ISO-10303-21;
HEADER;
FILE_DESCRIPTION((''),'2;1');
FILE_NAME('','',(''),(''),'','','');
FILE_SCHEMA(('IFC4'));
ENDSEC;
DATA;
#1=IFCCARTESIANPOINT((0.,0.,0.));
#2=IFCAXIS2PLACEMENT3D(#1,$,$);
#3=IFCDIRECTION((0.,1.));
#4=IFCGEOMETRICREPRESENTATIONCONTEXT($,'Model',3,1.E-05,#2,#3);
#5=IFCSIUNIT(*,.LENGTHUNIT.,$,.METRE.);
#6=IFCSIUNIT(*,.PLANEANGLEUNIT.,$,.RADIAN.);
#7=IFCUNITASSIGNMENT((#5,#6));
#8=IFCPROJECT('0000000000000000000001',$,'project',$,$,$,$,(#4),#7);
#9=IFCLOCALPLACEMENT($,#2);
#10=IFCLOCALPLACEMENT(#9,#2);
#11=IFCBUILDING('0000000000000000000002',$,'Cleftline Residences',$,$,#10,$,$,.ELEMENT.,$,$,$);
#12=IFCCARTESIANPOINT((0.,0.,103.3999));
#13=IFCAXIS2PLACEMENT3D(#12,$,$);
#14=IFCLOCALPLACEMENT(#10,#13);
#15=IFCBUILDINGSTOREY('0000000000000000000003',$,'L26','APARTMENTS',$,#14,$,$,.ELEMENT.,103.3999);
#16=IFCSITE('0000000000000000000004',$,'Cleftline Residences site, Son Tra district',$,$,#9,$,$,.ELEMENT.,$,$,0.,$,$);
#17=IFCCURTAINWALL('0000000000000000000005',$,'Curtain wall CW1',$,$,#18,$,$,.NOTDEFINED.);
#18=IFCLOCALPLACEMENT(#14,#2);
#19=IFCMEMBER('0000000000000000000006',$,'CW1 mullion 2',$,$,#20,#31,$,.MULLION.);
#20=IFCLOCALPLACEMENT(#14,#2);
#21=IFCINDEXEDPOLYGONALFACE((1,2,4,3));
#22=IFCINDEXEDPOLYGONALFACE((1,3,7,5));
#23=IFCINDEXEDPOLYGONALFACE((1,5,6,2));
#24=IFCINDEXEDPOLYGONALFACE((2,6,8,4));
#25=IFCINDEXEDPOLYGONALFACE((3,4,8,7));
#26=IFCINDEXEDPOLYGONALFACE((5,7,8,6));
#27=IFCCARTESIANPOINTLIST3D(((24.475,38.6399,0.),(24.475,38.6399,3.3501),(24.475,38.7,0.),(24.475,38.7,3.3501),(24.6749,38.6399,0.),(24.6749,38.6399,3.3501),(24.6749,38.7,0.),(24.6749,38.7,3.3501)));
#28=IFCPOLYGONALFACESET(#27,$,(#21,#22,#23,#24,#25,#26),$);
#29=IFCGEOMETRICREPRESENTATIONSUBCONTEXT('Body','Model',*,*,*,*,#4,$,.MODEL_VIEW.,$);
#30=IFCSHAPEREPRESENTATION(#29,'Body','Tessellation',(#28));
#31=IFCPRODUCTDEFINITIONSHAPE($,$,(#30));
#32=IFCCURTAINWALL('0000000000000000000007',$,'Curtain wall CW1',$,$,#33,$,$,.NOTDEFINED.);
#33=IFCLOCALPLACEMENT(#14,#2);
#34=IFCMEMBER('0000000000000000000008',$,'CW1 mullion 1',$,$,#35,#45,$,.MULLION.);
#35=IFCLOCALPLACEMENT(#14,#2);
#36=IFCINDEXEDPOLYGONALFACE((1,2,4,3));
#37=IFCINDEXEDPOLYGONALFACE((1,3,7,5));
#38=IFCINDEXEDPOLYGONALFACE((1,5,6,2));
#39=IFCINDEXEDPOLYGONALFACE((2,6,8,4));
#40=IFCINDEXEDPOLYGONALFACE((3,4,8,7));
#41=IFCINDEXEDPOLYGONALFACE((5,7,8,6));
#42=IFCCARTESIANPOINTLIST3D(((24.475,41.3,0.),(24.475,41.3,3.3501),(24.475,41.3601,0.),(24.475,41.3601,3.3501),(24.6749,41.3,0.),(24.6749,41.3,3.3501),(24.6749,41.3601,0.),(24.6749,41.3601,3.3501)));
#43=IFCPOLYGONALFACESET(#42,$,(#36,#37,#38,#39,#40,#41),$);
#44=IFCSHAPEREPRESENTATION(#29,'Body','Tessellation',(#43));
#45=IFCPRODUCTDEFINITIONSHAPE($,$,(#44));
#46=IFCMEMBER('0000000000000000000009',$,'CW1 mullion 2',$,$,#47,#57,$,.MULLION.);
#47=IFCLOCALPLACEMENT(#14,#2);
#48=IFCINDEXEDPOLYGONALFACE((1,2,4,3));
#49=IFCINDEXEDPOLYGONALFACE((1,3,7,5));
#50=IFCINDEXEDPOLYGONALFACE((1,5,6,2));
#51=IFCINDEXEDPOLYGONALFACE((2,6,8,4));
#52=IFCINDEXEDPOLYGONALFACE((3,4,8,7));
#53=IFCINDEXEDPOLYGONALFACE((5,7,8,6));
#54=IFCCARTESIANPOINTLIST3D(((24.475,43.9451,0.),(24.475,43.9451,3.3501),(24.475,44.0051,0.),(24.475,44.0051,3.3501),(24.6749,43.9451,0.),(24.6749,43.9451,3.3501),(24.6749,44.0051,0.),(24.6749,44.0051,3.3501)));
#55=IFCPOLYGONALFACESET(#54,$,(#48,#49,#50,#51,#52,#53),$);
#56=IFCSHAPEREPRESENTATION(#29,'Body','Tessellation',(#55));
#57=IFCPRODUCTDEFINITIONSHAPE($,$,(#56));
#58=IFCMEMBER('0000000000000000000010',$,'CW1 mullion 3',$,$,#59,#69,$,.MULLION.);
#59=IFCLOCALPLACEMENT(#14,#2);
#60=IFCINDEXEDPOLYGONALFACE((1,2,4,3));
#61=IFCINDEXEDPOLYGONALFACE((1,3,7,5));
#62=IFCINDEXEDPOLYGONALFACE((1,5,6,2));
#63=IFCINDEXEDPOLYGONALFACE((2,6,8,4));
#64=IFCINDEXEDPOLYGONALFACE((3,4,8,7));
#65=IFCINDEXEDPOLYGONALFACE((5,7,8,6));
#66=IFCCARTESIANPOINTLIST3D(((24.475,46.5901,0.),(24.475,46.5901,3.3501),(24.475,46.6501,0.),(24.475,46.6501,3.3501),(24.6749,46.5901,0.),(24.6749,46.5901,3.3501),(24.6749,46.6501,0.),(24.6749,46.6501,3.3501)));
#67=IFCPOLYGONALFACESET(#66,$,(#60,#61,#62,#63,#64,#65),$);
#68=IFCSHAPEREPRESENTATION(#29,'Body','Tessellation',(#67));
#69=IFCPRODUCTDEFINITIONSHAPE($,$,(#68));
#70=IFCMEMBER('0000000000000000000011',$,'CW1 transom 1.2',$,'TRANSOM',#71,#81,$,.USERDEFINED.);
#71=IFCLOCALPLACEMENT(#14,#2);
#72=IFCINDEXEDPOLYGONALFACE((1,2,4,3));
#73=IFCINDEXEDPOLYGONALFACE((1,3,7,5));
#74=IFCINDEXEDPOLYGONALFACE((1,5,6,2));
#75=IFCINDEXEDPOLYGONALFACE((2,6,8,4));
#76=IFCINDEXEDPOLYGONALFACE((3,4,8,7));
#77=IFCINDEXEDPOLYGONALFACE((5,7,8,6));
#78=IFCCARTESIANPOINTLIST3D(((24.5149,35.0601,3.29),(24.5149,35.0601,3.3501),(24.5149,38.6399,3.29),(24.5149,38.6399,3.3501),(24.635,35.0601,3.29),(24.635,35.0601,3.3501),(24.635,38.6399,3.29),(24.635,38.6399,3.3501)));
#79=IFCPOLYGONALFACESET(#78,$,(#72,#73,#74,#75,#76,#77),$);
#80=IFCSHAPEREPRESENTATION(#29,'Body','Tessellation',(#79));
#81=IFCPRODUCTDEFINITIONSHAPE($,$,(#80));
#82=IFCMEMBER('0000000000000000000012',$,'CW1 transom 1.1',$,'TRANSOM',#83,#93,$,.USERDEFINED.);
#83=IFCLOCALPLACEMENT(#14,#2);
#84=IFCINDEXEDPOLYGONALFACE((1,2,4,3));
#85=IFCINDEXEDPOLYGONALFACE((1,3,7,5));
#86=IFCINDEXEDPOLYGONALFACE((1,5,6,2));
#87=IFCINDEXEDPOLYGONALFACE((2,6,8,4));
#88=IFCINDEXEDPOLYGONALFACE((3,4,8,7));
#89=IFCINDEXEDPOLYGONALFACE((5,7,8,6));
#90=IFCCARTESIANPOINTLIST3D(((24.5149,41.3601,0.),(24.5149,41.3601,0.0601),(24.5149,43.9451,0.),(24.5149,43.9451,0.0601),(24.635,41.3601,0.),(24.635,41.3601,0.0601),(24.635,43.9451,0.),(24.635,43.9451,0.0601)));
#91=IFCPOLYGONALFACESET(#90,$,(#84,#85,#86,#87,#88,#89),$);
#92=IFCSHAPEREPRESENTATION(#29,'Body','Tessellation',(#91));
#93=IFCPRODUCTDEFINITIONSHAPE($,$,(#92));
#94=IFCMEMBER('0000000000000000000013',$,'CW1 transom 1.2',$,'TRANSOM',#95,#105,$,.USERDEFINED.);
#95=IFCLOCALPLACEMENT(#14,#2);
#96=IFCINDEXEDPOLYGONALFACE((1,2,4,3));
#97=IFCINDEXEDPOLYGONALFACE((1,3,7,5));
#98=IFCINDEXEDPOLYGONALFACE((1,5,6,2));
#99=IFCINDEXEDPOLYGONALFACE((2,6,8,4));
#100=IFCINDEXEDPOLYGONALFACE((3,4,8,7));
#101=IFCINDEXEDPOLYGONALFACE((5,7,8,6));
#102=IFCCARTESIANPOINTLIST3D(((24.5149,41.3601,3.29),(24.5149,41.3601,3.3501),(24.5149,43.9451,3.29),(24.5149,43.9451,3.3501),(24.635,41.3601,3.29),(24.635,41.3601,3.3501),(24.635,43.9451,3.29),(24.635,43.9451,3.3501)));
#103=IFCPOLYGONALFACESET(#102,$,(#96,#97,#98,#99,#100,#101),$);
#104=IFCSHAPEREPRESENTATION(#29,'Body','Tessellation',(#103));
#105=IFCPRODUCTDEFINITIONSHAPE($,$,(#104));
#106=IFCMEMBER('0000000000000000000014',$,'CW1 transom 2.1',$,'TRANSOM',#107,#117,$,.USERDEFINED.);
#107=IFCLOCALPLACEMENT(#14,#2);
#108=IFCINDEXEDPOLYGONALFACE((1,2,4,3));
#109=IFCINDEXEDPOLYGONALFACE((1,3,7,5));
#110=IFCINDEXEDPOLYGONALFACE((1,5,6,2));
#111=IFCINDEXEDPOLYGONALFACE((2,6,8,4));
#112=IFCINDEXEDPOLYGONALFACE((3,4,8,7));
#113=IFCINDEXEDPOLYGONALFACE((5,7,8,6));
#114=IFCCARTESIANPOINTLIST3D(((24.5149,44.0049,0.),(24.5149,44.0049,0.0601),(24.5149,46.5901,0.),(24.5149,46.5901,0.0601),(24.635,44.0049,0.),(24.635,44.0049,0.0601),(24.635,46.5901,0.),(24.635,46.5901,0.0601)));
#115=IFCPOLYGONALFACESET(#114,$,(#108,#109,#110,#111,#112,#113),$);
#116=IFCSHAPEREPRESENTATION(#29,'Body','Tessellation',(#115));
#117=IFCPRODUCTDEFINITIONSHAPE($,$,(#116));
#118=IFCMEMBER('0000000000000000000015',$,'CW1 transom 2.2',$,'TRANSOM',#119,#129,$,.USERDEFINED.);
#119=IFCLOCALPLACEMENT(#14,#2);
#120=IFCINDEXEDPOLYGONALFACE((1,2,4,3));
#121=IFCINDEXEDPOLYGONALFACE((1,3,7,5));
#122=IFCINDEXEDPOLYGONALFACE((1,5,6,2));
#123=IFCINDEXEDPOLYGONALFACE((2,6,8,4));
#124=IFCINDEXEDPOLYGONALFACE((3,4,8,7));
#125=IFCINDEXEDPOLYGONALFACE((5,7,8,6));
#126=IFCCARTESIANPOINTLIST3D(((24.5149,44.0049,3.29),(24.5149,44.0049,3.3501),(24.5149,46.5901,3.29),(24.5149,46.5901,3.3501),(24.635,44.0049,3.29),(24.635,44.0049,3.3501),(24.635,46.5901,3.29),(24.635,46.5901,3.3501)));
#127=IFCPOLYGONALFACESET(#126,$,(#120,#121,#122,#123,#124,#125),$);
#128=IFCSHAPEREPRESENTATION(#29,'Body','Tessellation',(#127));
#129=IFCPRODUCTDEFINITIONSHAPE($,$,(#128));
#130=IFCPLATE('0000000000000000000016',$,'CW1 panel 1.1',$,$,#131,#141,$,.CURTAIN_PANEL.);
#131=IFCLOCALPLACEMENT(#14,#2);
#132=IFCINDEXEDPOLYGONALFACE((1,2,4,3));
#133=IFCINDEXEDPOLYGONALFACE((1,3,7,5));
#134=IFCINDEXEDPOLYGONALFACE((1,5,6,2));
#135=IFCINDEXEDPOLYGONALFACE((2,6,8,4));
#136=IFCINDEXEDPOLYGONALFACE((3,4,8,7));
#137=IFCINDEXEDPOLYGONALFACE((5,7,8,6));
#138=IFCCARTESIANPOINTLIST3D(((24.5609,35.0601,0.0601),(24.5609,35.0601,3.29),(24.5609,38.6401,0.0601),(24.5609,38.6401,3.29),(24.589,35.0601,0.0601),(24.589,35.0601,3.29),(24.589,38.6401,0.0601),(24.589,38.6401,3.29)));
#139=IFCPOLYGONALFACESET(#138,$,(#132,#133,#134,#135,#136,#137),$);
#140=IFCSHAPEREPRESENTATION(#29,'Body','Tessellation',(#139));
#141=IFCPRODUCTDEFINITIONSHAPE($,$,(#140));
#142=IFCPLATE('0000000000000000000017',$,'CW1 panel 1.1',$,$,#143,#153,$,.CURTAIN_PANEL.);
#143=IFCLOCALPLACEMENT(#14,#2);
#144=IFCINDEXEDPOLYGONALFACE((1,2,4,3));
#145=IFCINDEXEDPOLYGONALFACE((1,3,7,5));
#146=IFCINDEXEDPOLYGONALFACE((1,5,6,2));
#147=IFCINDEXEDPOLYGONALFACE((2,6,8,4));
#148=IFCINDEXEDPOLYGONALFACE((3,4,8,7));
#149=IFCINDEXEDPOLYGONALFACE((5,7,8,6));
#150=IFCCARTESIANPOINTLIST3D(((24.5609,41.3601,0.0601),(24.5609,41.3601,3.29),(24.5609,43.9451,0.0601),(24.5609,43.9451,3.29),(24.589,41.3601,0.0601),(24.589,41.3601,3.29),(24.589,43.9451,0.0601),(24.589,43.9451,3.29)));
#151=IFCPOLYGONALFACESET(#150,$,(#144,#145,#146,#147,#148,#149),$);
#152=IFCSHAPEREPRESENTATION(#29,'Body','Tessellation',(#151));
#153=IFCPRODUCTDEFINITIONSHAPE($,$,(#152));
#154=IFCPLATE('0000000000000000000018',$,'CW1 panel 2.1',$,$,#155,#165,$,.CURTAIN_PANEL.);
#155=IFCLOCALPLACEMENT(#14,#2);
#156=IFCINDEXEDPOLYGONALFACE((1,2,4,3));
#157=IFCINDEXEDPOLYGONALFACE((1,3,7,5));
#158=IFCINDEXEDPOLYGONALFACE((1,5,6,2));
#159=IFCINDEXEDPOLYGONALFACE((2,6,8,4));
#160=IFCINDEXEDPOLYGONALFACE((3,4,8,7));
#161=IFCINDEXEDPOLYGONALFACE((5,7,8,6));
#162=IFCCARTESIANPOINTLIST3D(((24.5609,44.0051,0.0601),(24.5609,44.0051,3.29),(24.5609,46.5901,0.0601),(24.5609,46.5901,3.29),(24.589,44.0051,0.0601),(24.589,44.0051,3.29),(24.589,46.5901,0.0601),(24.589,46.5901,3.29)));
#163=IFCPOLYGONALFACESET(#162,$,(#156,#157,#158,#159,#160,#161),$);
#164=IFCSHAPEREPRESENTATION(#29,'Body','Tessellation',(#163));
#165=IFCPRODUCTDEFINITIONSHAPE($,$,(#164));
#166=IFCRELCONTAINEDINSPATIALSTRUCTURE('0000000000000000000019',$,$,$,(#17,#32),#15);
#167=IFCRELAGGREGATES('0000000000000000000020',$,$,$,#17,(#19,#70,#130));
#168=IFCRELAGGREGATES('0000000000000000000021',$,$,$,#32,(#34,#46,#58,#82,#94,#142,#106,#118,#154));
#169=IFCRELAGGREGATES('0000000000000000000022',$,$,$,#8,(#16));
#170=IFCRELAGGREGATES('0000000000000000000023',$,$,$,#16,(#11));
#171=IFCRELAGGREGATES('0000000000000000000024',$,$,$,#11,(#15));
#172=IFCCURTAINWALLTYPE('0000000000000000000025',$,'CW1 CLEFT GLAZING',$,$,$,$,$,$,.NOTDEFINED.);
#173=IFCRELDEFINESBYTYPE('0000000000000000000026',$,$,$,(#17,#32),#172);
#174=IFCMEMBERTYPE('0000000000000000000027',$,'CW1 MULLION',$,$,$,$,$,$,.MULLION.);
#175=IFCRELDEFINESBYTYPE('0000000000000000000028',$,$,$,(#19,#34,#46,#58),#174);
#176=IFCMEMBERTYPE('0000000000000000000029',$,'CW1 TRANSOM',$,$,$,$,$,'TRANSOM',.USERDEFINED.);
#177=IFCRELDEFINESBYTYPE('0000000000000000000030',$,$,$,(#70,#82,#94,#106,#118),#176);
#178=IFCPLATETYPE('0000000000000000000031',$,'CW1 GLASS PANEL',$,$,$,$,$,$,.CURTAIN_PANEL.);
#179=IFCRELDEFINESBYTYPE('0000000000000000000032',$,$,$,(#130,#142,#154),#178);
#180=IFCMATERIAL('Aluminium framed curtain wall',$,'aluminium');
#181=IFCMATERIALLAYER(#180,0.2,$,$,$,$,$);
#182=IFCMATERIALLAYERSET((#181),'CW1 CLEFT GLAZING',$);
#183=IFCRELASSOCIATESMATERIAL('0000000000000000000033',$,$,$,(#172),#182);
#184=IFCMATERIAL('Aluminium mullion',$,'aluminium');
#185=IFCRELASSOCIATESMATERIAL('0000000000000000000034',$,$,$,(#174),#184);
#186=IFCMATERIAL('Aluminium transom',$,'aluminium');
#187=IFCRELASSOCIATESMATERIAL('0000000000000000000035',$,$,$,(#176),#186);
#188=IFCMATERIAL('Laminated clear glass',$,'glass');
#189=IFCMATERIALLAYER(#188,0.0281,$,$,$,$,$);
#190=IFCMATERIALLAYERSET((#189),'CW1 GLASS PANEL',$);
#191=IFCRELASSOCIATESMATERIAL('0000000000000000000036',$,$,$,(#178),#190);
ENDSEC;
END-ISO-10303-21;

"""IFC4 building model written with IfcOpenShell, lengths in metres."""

from ifc_helpers import new_model, si_unit, direction, frame, origin, origin_2d, place, context, subcontext, project, spatial, rectangle, extrude, material, layer, layer_set, material_profile, profile_set, type_object, element, aggregate, save


model = new_model("IFC4")

# Units and contexts
model_context = context("Model", 3, precision=1e-05, world=origin(), true_north=direction((0.0, 1.0)))
body_context = subcontext(model_context, "Body", "Model", "MODEL_VIEW")
ifc_project = project(units=[si_unit("LENGTHUNIT", "METRE"), si_unit("PLANEANGLEUNIT", "RADIAN")], contexts=[model_context])

# Site, building, storey
site_placement = place(None, origin())
site = spatial("IfcSite", under=ifc_project, at=site_placement, Name="Cleftline Residences site, Son Tra district", CompositionType="ELEMENT", RefElevation=0.0)
building_placement = place(site_placement, origin())
building = spatial("IfcBuilding", under=site, at=building_placement, Name="Cleftline Residences", CompositionType="ELEMENT")
storey_placement = place(building_placement, frame((0.0, 0.0, 103.3999)))
storey = spatial("IfcBuildingStorey", under=building, at=storey_placement, Name="L26", Description="APARTMENTS", CompositionType="ELEMENT", Elevation=103.3999)

# Curtain wall, member
ifc_material_1 = material(Name="Aluminium framed curtain wall", Category="aluminium")
ifc_layer_1 = layer(ifc_material_1, 0.2)
ifc_layer_set_1 = layer_set([ifc_layer_1], Name="CW1 CLEFT GLAZING")
curtain_wall_type = type_object("IfcCurtainWallType", Name="CW1 CLEFT GLAZING", PredefinedType="NOTDEFINED", material=ifc_layer_set_1)
curtain_wall_1_placement = place(storey_placement, origin())
curtain_wall_1 = element("IfcCurtainWall", 1, at=curtain_wall_1_placement, inside=storey, type_object=curtain_wall_type, Name="Curtain wall CW1", PredefinedType="NOTDEFINED")
ifc_material_2 = material(Name="Aluminium mullion", Category="aluminium")
ifc_material_profile_1 = material_profile(ifc_material_2, rectangle(XDim=0.2, YDim=0.0601, at=origin_2d()))
ifc_profile_set_1 = profile_set([ifc_material_profile_1], Name="Aluminium mullion")
member_type_1 = type_object("IfcMemberType", Name="CW1 MULLION", PredefinedType="MULLION", material=ifc_profile_set_1)
member_1_placement = place(storey_placement, frame((24.575, 38.6699, 0.0), z_axis=(0.0, 0.0, 1.0), x_axis=(-1.0, 0.0, 0.0)))
member_1 = element("IfcMember", 2, at=member_1_placement, type_object=member_type_1, Name="CW1 mullion 2", PredefinedType="MULLION", context=body_context, shape_type="SweptSolid", body=[
    extrude(rectangle(XDim=0.2, YDim=0.0601, at=origin_2d()), origin(), (0.0, 0.0, 1.0), 3.3501),
])

# Curtain wall, members
curtain_wall_2_placement = place(storey_placement, origin())
curtain_wall_2 = element("IfcCurtainWall", 3, at=curtain_wall_2_placement, inside=storey, type_object=curtain_wall_type, Name="Curtain wall CW1", PredefinedType="NOTDEFINED")
member_2_placement = place(storey_placement, frame((24.575, 41.3301, 0.0), z_axis=(0.0, 0.0, 1.0), x_axis=(-1.0, 0.0, 0.0)))
member_2 = element("IfcMember", 4, at=member_2_placement, type_object=member_type_1, Name="CW1 mullion 1", PredefinedType="MULLION", context=body_context, shape_type="SweptSolid", body=[
    extrude(rectangle(XDim=0.2, YDim=0.0601, at=origin_2d()), origin(), (0.0, 0.0, 1.0), 3.3501),
])
member_3_placement = place(storey_placement, frame((24.575, 43.9751, 0.0), z_axis=(0.0, 0.0, 1.0), x_axis=(-1.0, 0.0, 0.0)))
member_3 = element("IfcMember", 5, at=member_3_placement, type_object=member_type_1, Name="CW1 mullion 2", PredefinedType="MULLION", context=body_context, shape_type="SweptSolid", body=[
    extrude(rectangle(XDim=0.2, YDim=0.0601, at=origin_2d()), origin(), (0.0, 0.0, 1.0), 3.3501),
])
member_4_placement = place(storey_placement, frame((24.575, 46.6201, 0.0), z_axis=(0.0, 0.0, 1.0), x_axis=(-1.0, 0.0, 0.0)))
member_4 = element("IfcMember", 6, at=member_4_placement, type_object=member_type_1, Name="CW1 mullion 3", PredefinedType="MULLION", context=body_context, shape_type="SweptSolid", body=[
    extrude(rectangle(XDim=0.2, YDim=0.0601, at=origin_2d()), origin(), (0.0, 0.0, 1.0), 3.3501),
])

# Members
ifc_material_3 = material(Name="Aluminium transom", Category="aluminium")
ifc_material_profile_2 = material_profile(ifc_material_3, rectangle(XDim=0.1201, YDim=0.0601, at=origin_2d()))
ifc_profile_set_2 = profile_set([ifc_material_profile_2], Name="Aluminium transom")
member_type_2 = type_object("IfcMemberType", Name="CW1 TRANSOM", ElementType="TRANSOM", PredefinedType="USERDEFINED", material=ifc_profile_set_2)
member_5_placement = place(storey_placement, frame((24.575, 35.0601, 3.3201), z_axis=(0.0, 1.0, 0.0), x_axis=(-1.0, 0.0, 0.0)))
member_5 = element("IfcMember", 7, at=member_5_placement, type_object=member_type_2, Name="CW1 transom 1.2", ObjectType="TRANSOM", PredefinedType="USERDEFINED", context=body_context, shape_type="SweptSolid", body=[
    extrude(rectangle(XDim=0.1201, YDim=0.0601, at=origin_2d()), origin(), (0.0, 0.0, 1.0), 3.5798),
])
member_6_placement = place(storey_placement, frame((24.575, 41.3601, 0.03), z_axis=(0.0, 1.0, 0.0), x_axis=(-1.0, 0.0, 0.0)))
member_6 = element("IfcMember", 8, at=member_6_placement, type_object=member_type_2, Name="CW1 transom 1.1", ObjectType="TRANSOM", PredefinedType="USERDEFINED", context=body_context, shape_type="SweptSolid", body=[
    extrude(rectangle(XDim=0.1201, YDim=0.0601, at=origin_2d()), origin(), (0.0, 0.0, 1.0), 2.585),
])
member_7_placement = place(storey_placement, frame((24.575, 41.3601, 3.3201), z_axis=(0.0, 1.0, 0.0), x_axis=(-1.0, 0.0, 0.0)))
member_7 = element("IfcMember", 9, at=member_7_placement, type_object=member_type_2, Name="CW1 transom 1.2", ObjectType="TRANSOM", PredefinedType="USERDEFINED", context=body_context, shape_type="SweptSolid", body=[
    extrude(rectangle(XDim=0.1201, YDim=0.0601, at=origin_2d()), origin(), (0.0, 0.0, 1.0), 2.585),
])
member_8_placement = place(storey_placement, frame((24.575, 44.0049, 0.03), z_axis=(0.0, 1.0, 0.0), x_axis=(-1.0, 0.0, 0.0)))
member_8 = element("IfcMember", 10, at=member_8_placement, type_object=member_type_2, Name="CW1 transom 2.1", ObjectType="TRANSOM", PredefinedType="USERDEFINED", context=body_context, shape_type="SweptSolid", body=[
    extrude(rectangle(XDim=0.1201, YDim=0.0601, at=origin_2d()), origin(), (0.0, 0.0, 1.0), 2.5852),
])
member_9_placement = place(storey_placement, frame((24.575, 44.0049, 3.3201), z_axis=(0.0, 1.0, 0.0), x_axis=(-1.0, 0.0, 0.0)))
member_9 = element("IfcMember", 11, at=member_9_placement, type_object=member_type_2, Name="CW1 transom 2.2", ObjectType="TRANSOM", PredefinedType="USERDEFINED", context=body_context, shape_type="SweptSolid", body=[
    extrude(rectangle(XDim=0.1201, YDim=0.0601, at=origin_2d()), origin(), (0.0, 0.0, 1.0), 2.5852),
])

# Plates
ifc_material_4 = material(Name="Laminated clear glass", Category="glass")
ifc_layer_2 = layer(ifc_material_4, 0.0281)
ifc_layer_set_2 = layer_set([ifc_layer_2], Name="CW1 GLASS PANEL")
plate_type = type_object("IfcPlateType", Name="CW1 GLASS PANEL", PredefinedType="CURTAIN_PANEL", material=ifc_layer_set_2)
plate_1_placement = place(storey_placement, frame((24.575, 36.8501, 0.0601), z_axis=(0.0, 0.0, 1.0), x_axis=(0.0, 1.0, 0.0)))
plate_1 = element("IfcPlate", 12, at=plate_1_placement, type_object=plate_type, Name="CW1 panel 1.1", PredefinedType="CURTAIN_PANEL", context=body_context, shape_type="SweptSolid", body=[
    extrude(rectangle(XDim=3.5801, YDim=0.0281, at=origin_2d()), origin(), (0.0, 0.0, 1.0), 3.23),
])
aggregate(curtain_wall_1, [member_1, member_5, plate_1])
plate_2_placement = place(storey_placement, frame((24.575, 42.6526, 0.0601), z_axis=(0.0, 0.0, 1.0), x_axis=(0.0, 1.0, 0.0)))
plate_2 = element("IfcPlate", 13, at=plate_2_placement, type_object=plate_type, Name="CW1 panel 1.1", PredefinedType="CURTAIN_PANEL", context=body_context, shape_type="SweptSolid", body=[
    extrude(rectangle(XDim=2.585, YDim=0.0281, at=origin_2d()), origin(), (0.0, 0.0, 1.0), 3.23),
])
plate_3_placement = place(storey_placement, frame((24.575, 45.2976, 0.0601), z_axis=(0.0, 0.0, 1.0), x_axis=(0.0, 1.0, 0.0)))
plate_3 = element("IfcPlate", 14, at=plate_3_placement, type_object=plate_type, Name="CW1 panel 2.1", PredefinedType="CURTAIN_PANEL", context=body_context, shape_type="SweptSolid", body=[
    extrude(rectangle(XDim=2.585, YDim=0.0281, at=origin_2d()), origin(), (0.0, 0.0, 1.0), 3.23),
])
aggregate(curtain_wall_2, [member_2, member_3, member_4, member_6, member_7, plate_2, member_8, member_9, plate_3])

save(model, "model.ifc")
